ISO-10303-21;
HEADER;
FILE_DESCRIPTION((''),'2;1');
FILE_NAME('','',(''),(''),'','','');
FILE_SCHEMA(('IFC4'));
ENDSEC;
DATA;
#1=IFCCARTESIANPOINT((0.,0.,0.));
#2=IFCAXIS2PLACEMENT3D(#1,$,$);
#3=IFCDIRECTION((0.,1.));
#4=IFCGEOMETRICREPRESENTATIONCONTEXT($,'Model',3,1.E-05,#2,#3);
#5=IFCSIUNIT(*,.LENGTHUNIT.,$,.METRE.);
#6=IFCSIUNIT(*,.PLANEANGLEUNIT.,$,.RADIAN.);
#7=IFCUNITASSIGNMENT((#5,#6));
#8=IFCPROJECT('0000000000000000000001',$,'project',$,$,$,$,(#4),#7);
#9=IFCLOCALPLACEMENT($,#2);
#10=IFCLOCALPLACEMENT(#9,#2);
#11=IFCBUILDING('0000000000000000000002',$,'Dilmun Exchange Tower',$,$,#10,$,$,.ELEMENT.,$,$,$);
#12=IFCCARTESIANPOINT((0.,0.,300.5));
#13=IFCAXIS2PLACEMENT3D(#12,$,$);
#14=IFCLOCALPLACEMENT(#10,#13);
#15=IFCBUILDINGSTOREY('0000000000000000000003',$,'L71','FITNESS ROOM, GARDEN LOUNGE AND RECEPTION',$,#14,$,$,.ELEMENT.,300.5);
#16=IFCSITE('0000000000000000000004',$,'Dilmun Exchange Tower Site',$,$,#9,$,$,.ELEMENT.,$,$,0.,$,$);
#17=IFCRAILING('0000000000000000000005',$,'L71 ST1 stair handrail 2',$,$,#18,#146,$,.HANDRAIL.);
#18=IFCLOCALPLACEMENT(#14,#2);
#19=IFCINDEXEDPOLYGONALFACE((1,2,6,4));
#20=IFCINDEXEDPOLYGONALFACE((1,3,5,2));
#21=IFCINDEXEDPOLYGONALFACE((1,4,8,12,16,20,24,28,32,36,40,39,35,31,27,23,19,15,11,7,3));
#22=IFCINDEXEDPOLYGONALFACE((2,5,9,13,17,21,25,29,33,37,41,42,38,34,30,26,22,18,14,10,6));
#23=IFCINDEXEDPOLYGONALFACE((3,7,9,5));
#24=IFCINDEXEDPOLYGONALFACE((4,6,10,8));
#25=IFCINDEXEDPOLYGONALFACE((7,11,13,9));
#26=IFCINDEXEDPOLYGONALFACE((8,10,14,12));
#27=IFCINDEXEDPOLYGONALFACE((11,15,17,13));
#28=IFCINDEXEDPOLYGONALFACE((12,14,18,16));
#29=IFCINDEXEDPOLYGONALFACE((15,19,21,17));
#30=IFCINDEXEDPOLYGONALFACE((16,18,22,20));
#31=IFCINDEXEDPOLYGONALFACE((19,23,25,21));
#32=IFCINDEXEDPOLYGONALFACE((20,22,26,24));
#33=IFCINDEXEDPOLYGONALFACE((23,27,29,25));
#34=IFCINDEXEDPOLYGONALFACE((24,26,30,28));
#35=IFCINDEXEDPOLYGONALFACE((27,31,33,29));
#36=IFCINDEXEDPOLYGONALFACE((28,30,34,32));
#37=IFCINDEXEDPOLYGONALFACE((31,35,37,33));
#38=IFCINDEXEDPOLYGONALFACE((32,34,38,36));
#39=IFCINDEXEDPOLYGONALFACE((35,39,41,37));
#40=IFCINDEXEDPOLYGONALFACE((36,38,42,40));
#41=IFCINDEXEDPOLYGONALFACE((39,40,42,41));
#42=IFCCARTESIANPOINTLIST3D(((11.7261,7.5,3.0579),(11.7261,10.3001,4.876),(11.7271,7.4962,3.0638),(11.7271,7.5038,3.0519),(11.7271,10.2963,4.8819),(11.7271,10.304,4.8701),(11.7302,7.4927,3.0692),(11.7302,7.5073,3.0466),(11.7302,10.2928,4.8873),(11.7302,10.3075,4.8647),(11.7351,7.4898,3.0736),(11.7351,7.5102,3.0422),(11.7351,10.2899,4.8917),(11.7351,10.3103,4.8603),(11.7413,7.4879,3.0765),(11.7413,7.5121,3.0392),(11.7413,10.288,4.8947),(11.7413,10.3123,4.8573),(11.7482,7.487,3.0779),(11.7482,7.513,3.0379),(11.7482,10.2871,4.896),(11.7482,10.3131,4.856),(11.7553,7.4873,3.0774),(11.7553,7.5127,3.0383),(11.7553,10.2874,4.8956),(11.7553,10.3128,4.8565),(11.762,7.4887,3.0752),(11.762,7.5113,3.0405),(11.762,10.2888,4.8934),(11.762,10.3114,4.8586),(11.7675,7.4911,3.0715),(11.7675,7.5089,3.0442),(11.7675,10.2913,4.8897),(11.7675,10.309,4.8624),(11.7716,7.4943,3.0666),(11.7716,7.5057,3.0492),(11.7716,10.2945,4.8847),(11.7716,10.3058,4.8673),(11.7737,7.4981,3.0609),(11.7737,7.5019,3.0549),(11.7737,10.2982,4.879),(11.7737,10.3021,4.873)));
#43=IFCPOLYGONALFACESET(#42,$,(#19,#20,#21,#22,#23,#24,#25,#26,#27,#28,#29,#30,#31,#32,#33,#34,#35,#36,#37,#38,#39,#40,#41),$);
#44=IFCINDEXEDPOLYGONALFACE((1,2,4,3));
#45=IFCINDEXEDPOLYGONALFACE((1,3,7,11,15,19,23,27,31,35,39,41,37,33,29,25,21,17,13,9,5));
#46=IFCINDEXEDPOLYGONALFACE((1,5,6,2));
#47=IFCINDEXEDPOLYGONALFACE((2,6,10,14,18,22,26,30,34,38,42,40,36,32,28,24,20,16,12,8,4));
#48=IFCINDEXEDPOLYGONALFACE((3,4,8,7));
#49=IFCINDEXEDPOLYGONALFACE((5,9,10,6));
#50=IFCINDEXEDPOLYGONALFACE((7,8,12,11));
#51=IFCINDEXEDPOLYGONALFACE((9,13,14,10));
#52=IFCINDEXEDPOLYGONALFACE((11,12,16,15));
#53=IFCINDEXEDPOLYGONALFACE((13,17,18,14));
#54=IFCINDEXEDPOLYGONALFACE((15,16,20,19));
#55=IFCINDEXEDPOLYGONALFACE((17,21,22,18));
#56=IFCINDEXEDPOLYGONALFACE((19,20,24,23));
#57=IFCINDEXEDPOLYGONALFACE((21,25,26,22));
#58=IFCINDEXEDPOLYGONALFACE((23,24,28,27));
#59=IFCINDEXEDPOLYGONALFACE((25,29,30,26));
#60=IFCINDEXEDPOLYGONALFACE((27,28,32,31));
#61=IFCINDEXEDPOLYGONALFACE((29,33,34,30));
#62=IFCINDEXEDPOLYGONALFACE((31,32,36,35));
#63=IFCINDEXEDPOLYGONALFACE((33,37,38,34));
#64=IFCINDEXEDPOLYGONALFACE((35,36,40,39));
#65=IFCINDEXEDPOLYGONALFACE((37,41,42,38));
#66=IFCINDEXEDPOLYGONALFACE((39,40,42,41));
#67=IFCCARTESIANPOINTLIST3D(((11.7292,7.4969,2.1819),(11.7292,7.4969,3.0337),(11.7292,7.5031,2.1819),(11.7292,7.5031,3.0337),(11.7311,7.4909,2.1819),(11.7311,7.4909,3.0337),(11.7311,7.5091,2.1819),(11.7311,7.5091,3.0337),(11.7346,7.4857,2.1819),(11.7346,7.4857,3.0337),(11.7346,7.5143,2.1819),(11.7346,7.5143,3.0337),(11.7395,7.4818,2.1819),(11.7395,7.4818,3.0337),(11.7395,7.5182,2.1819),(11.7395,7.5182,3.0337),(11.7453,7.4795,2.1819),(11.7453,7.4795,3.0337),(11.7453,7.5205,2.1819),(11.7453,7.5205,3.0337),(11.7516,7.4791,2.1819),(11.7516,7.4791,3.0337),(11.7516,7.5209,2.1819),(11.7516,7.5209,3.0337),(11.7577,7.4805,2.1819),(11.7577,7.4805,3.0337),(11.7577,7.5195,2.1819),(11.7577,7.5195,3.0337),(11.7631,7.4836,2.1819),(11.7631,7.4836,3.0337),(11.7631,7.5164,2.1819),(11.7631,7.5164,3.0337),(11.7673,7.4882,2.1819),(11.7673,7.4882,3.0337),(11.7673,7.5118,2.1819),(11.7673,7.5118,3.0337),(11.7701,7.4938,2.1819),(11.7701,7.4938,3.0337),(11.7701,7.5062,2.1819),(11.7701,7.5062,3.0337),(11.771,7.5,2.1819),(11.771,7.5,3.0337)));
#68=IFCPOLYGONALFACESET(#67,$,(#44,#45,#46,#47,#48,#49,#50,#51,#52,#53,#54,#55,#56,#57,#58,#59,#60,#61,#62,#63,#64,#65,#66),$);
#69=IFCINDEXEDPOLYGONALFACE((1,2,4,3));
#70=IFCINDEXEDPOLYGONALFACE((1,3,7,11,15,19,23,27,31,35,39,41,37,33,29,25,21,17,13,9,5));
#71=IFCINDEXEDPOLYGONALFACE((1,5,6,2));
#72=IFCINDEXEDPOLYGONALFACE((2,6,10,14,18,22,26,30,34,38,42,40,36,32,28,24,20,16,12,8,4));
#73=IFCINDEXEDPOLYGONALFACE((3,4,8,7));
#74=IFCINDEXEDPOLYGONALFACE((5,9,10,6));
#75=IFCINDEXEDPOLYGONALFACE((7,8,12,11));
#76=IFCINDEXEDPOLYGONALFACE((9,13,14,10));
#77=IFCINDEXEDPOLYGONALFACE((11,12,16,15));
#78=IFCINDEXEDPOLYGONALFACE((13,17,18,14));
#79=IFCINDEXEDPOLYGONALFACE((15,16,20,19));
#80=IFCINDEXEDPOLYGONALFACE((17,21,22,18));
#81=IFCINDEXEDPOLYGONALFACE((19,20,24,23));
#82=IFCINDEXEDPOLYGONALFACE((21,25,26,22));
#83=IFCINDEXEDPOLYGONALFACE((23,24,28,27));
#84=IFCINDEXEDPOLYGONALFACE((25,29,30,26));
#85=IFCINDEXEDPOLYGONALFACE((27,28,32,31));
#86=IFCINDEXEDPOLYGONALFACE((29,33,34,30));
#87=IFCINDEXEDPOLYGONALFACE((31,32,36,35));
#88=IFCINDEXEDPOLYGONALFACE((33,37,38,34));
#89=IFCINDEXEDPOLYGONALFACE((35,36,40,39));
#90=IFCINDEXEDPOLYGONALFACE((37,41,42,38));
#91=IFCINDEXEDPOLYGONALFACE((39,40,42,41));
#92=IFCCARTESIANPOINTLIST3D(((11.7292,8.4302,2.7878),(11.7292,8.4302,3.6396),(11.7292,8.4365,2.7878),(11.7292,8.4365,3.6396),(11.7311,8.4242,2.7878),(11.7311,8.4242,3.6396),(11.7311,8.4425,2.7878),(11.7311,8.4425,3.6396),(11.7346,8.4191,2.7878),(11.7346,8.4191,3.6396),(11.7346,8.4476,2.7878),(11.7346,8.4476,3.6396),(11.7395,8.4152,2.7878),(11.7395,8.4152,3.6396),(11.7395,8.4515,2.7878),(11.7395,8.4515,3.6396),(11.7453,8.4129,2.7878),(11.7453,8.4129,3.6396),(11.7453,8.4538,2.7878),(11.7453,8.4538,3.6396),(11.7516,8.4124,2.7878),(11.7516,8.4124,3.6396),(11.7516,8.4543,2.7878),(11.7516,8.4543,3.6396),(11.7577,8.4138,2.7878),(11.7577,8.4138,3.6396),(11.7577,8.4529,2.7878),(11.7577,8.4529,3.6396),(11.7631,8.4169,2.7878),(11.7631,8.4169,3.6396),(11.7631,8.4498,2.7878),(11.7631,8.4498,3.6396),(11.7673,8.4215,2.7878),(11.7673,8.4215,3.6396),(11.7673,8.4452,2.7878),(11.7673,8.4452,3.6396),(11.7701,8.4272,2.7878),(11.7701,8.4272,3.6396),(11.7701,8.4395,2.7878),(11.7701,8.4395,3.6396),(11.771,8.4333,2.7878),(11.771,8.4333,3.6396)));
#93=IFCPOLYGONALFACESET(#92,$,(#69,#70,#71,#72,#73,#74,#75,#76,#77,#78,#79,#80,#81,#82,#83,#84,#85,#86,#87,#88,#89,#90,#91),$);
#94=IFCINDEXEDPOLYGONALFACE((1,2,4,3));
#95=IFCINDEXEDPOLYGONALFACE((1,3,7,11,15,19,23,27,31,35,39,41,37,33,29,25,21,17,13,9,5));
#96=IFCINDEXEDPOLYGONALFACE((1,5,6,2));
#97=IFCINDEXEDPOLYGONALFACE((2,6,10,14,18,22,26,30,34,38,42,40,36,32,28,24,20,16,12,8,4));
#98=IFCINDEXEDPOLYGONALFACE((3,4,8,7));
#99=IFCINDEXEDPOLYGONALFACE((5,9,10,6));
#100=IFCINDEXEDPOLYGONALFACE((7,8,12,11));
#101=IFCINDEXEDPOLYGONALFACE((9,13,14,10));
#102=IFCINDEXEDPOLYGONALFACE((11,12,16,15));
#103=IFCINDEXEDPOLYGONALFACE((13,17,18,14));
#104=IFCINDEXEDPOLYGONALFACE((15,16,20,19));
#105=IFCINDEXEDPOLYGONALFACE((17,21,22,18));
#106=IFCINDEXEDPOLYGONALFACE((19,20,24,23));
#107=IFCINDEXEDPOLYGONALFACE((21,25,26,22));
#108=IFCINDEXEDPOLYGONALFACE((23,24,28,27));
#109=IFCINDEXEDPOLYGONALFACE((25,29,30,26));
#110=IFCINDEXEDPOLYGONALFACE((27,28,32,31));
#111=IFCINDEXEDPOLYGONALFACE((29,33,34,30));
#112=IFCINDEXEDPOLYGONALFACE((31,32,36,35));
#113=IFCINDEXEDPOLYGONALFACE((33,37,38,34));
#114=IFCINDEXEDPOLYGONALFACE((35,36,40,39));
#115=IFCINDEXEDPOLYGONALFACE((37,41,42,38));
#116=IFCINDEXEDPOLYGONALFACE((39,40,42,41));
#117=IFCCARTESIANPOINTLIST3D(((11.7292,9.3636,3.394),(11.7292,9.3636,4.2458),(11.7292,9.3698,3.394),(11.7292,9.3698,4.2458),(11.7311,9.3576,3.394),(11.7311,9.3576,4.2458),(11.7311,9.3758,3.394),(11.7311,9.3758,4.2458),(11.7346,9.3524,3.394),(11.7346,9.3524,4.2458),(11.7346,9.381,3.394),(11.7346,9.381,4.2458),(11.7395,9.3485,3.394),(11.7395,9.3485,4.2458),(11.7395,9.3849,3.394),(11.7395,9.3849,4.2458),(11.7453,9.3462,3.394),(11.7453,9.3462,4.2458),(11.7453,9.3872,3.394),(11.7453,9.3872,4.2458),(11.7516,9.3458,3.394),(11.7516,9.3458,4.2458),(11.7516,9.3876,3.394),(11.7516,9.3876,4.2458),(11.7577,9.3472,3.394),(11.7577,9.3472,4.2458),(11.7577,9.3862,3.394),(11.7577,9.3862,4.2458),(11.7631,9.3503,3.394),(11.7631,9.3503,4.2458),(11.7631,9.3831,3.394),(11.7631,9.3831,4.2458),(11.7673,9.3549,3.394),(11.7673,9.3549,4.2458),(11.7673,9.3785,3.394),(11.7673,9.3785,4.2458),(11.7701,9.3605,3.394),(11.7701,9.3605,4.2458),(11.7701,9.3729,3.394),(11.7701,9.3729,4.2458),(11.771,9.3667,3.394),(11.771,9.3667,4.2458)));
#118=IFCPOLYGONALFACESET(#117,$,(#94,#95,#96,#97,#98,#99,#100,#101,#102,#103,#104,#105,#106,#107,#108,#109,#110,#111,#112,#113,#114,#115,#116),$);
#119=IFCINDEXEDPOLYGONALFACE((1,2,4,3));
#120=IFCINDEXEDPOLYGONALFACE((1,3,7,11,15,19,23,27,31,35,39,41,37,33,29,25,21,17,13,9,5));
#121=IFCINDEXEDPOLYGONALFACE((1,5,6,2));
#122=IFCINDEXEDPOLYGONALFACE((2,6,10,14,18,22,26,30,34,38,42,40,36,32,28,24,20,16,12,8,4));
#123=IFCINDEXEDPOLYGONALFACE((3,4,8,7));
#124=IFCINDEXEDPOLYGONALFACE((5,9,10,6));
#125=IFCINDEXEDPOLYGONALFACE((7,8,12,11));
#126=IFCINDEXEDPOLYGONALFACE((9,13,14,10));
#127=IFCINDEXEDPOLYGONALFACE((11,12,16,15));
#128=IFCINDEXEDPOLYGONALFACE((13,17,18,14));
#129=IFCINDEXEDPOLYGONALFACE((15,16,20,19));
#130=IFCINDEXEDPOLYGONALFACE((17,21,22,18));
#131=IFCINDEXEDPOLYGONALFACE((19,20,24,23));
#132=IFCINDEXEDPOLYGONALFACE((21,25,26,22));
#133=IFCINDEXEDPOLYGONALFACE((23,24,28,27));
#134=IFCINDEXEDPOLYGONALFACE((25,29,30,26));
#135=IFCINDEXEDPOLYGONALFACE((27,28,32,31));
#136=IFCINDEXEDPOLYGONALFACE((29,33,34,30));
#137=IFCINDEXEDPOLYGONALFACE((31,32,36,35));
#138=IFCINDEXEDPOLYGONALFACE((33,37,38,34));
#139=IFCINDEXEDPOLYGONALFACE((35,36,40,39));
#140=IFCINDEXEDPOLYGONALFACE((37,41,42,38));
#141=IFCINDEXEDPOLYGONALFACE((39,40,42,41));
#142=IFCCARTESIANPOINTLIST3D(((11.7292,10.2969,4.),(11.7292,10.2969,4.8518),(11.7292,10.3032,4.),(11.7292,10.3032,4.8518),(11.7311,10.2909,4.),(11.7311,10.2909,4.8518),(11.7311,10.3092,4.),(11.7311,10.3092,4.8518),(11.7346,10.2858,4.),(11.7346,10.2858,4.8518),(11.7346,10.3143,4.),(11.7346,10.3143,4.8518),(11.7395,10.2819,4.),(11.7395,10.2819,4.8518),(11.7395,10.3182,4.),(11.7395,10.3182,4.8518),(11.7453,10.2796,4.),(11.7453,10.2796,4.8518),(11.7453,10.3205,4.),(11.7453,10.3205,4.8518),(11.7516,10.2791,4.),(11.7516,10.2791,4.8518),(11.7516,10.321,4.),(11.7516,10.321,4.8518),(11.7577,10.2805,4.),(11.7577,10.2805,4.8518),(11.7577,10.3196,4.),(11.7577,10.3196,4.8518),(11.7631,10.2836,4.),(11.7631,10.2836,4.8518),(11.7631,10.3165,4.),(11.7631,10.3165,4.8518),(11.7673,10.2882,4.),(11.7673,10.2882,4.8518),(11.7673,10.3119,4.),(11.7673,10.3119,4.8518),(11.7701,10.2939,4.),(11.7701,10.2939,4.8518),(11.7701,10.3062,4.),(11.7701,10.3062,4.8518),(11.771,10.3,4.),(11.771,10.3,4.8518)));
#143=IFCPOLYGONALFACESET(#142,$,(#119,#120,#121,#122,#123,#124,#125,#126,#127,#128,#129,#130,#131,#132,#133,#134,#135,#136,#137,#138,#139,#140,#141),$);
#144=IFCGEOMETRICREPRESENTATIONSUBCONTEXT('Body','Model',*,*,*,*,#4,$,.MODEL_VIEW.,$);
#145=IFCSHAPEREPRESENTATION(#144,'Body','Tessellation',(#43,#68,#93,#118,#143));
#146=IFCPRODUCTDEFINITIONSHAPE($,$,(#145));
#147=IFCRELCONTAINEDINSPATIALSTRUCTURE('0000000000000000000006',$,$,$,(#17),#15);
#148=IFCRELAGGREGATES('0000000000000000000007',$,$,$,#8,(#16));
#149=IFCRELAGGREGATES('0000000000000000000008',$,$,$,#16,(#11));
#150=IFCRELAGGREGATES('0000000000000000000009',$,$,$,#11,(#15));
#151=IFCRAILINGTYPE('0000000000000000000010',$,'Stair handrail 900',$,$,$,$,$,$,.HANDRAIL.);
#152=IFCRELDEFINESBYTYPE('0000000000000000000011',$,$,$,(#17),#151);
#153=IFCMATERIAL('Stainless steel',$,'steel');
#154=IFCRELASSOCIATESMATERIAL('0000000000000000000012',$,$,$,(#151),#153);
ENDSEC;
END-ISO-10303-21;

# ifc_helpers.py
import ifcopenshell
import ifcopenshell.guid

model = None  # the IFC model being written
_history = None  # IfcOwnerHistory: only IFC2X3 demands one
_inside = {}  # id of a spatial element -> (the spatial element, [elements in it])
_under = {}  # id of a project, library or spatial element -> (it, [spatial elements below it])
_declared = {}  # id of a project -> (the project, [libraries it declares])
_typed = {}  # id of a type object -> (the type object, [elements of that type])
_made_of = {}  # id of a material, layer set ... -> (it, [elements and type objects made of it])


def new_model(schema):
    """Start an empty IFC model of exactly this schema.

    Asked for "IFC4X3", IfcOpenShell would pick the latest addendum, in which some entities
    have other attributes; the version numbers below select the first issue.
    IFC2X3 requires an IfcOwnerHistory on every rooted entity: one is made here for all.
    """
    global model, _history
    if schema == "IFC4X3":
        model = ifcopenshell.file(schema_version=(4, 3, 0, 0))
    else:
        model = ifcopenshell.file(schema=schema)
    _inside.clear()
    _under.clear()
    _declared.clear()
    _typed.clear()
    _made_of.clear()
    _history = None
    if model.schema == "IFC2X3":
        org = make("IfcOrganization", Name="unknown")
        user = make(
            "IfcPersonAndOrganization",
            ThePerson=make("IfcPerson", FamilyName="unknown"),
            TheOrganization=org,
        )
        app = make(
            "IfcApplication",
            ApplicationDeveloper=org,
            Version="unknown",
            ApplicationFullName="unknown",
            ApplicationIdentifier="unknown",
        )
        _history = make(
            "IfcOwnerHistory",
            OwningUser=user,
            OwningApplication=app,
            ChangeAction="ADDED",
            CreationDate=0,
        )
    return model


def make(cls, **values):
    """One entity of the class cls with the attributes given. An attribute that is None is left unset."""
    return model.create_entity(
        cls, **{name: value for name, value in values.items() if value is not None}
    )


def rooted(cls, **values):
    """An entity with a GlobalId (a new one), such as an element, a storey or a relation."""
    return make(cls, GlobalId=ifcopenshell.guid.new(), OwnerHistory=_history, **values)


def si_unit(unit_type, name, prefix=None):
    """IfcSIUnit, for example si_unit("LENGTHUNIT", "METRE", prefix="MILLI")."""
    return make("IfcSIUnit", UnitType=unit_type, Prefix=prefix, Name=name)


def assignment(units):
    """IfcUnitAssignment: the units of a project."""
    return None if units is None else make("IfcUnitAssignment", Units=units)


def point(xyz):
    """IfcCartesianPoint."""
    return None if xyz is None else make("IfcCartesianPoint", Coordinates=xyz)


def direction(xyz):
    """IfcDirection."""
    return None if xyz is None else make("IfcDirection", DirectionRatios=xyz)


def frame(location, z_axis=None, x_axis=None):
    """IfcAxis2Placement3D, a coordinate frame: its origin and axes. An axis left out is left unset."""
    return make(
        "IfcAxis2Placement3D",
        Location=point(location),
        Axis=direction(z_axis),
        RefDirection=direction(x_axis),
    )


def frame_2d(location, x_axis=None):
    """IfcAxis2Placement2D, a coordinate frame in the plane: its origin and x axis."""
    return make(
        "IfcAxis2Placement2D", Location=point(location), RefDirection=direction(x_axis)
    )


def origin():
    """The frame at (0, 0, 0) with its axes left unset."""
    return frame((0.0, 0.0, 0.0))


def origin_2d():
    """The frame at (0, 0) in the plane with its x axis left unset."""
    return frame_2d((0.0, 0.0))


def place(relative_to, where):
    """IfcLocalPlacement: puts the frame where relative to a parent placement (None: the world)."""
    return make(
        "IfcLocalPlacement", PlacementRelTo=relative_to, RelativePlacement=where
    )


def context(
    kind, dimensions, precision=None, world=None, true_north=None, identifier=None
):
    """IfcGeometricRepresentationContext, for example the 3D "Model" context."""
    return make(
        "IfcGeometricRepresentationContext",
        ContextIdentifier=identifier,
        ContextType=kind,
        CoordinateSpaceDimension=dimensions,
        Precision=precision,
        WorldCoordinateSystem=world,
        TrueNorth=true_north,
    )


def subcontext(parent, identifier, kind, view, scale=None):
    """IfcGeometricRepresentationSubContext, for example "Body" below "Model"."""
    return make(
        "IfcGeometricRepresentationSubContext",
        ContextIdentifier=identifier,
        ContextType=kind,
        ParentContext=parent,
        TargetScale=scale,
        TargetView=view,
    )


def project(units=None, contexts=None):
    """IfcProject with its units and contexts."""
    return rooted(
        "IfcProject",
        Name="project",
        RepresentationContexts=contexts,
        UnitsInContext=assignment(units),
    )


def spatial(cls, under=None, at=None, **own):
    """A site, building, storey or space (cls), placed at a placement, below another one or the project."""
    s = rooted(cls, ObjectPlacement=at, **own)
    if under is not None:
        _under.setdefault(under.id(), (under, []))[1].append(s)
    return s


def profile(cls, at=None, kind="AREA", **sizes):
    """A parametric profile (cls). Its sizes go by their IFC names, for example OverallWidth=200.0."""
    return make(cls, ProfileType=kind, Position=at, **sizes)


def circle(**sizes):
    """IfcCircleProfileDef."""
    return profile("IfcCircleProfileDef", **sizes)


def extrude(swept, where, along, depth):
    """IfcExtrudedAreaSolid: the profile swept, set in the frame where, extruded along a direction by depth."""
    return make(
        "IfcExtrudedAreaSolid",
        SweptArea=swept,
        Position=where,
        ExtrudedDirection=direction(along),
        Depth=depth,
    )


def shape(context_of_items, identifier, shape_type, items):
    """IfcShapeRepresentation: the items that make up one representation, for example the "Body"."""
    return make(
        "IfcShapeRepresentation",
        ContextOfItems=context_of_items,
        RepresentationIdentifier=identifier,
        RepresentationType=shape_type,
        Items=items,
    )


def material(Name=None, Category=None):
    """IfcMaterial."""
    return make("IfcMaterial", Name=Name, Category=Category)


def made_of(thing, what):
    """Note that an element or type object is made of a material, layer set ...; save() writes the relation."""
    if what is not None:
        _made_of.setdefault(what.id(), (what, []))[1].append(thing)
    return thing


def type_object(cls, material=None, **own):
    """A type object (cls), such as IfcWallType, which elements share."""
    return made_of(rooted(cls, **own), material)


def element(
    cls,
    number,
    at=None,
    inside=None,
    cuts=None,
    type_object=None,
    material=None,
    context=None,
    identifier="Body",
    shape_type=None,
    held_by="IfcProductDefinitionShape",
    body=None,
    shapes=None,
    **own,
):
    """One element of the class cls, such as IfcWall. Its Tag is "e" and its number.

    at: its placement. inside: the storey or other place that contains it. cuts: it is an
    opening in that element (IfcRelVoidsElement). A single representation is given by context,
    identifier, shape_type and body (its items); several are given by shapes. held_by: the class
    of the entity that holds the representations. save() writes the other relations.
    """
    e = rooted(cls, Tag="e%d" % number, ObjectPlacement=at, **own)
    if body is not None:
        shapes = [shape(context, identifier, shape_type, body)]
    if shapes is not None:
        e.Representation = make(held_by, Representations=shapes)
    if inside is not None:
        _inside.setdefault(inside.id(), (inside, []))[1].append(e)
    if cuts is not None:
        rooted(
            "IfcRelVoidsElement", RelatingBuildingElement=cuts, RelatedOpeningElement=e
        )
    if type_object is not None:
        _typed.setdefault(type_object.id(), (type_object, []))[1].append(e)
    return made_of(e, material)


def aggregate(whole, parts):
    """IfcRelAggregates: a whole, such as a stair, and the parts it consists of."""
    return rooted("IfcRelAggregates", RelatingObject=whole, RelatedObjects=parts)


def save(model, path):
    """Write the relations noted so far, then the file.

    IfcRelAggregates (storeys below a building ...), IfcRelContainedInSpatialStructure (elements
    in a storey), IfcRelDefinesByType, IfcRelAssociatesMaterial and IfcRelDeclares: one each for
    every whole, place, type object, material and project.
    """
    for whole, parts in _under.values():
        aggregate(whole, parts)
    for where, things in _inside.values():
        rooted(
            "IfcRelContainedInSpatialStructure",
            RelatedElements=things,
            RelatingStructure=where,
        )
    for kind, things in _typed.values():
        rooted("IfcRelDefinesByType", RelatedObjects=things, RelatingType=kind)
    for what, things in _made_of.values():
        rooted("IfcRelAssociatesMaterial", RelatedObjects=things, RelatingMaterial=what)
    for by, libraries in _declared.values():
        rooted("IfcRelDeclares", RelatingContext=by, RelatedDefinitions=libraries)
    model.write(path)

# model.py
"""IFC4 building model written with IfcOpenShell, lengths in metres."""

from ifc_helpers import new_model, si_unit, direction, frame, origin, origin_2d, place, context, subcontext, project, spatial, circle, extrude, material, type_object, element, save


model = new_model("IFC4")

# Units and contexts
model_context = context("Model", 3, precision=1e-05, world=origin(), true_north=direction((0.0, 1.0)))
body_context = subcontext(model_context, "Body", "Model", "MODEL_VIEW")
ifc_project = project(units=[si_unit("LENGTHUNIT", "METRE"), si_unit("PLANEANGLEUNIT", "RADIAN")], contexts=[model_context])

# Site, building, storey
site_placement = place(None, origin())
site = spatial("IfcSite", under=ifc_project, at=site_placement, Name="Dilmun Exchange Tower Site", CompositionType="ELEMENT", RefElevation=0.0)
building_placement = place(site_placement, origin())
building = spatial("IfcBuilding", under=site, at=building_placement, Name="Dilmun Exchange Tower", CompositionType="ELEMENT")
storey_placement = place(building_placement, frame((0.0, 0.0, 300.5)))
storey = spatial("IfcBuildingStorey", under=building, at=storey_placement, Name="L71", Description="FITNESS ROOM, GARDEN LOUNGE AND RECEPTION", CompositionType="ELEMENT", Elevation=300.5)

# Railing
ifc_material_1 = material(Name="Stainless steel", Category="steel")
railing_type = type_object("IfcRailingType", Name="Stair handrail 900", PredefinedType="HANDRAIL", material=ifc_material_1)
railing_1_placement = place(storey_placement, frame((11.75, 7.5, 2.1819)))
element("IfcRailing", 1, at=railing_1_placement, inside=storey, type_object=railing_type, Name="L71 ST1 stair handrail 2", PredefinedType="HANDRAIL", context=body_context, shape_type="SweptSolid", body=[
    extrude(circle(Radius=0.0239, at=origin_2d()), frame((0.0, 0.0, 0.876), z_axis=(0.0, 0.838706, 0.544585), x_axis=(-1.0, 0.0, 0.0)), (0.0, 0.0, 1.0), 3.3386),
    extrude(circle(Radius=0.021, at=origin_2d()), origin(), (0.0, 0.0, 1.0), 0.8518),
    extrude(circle(Radius=0.021, at=origin_2d()), frame((0.0, 0.9333, 0.606)), (0.0, 0.0, 1.0), 0.8518),
    extrude(circle(Radius=0.021, at=origin_2d()), frame((0.0, 1.8667, 1.2122)), (0.0, 0.0, 1.0), 0.8518),
    extrude(circle(Radius=0.021, at=origin_2d()), frame((0.0, 2.8, 1.8181)), (0.0, 0.0, 1.0), 0.8518),
])

save(model, "model.ifc")
